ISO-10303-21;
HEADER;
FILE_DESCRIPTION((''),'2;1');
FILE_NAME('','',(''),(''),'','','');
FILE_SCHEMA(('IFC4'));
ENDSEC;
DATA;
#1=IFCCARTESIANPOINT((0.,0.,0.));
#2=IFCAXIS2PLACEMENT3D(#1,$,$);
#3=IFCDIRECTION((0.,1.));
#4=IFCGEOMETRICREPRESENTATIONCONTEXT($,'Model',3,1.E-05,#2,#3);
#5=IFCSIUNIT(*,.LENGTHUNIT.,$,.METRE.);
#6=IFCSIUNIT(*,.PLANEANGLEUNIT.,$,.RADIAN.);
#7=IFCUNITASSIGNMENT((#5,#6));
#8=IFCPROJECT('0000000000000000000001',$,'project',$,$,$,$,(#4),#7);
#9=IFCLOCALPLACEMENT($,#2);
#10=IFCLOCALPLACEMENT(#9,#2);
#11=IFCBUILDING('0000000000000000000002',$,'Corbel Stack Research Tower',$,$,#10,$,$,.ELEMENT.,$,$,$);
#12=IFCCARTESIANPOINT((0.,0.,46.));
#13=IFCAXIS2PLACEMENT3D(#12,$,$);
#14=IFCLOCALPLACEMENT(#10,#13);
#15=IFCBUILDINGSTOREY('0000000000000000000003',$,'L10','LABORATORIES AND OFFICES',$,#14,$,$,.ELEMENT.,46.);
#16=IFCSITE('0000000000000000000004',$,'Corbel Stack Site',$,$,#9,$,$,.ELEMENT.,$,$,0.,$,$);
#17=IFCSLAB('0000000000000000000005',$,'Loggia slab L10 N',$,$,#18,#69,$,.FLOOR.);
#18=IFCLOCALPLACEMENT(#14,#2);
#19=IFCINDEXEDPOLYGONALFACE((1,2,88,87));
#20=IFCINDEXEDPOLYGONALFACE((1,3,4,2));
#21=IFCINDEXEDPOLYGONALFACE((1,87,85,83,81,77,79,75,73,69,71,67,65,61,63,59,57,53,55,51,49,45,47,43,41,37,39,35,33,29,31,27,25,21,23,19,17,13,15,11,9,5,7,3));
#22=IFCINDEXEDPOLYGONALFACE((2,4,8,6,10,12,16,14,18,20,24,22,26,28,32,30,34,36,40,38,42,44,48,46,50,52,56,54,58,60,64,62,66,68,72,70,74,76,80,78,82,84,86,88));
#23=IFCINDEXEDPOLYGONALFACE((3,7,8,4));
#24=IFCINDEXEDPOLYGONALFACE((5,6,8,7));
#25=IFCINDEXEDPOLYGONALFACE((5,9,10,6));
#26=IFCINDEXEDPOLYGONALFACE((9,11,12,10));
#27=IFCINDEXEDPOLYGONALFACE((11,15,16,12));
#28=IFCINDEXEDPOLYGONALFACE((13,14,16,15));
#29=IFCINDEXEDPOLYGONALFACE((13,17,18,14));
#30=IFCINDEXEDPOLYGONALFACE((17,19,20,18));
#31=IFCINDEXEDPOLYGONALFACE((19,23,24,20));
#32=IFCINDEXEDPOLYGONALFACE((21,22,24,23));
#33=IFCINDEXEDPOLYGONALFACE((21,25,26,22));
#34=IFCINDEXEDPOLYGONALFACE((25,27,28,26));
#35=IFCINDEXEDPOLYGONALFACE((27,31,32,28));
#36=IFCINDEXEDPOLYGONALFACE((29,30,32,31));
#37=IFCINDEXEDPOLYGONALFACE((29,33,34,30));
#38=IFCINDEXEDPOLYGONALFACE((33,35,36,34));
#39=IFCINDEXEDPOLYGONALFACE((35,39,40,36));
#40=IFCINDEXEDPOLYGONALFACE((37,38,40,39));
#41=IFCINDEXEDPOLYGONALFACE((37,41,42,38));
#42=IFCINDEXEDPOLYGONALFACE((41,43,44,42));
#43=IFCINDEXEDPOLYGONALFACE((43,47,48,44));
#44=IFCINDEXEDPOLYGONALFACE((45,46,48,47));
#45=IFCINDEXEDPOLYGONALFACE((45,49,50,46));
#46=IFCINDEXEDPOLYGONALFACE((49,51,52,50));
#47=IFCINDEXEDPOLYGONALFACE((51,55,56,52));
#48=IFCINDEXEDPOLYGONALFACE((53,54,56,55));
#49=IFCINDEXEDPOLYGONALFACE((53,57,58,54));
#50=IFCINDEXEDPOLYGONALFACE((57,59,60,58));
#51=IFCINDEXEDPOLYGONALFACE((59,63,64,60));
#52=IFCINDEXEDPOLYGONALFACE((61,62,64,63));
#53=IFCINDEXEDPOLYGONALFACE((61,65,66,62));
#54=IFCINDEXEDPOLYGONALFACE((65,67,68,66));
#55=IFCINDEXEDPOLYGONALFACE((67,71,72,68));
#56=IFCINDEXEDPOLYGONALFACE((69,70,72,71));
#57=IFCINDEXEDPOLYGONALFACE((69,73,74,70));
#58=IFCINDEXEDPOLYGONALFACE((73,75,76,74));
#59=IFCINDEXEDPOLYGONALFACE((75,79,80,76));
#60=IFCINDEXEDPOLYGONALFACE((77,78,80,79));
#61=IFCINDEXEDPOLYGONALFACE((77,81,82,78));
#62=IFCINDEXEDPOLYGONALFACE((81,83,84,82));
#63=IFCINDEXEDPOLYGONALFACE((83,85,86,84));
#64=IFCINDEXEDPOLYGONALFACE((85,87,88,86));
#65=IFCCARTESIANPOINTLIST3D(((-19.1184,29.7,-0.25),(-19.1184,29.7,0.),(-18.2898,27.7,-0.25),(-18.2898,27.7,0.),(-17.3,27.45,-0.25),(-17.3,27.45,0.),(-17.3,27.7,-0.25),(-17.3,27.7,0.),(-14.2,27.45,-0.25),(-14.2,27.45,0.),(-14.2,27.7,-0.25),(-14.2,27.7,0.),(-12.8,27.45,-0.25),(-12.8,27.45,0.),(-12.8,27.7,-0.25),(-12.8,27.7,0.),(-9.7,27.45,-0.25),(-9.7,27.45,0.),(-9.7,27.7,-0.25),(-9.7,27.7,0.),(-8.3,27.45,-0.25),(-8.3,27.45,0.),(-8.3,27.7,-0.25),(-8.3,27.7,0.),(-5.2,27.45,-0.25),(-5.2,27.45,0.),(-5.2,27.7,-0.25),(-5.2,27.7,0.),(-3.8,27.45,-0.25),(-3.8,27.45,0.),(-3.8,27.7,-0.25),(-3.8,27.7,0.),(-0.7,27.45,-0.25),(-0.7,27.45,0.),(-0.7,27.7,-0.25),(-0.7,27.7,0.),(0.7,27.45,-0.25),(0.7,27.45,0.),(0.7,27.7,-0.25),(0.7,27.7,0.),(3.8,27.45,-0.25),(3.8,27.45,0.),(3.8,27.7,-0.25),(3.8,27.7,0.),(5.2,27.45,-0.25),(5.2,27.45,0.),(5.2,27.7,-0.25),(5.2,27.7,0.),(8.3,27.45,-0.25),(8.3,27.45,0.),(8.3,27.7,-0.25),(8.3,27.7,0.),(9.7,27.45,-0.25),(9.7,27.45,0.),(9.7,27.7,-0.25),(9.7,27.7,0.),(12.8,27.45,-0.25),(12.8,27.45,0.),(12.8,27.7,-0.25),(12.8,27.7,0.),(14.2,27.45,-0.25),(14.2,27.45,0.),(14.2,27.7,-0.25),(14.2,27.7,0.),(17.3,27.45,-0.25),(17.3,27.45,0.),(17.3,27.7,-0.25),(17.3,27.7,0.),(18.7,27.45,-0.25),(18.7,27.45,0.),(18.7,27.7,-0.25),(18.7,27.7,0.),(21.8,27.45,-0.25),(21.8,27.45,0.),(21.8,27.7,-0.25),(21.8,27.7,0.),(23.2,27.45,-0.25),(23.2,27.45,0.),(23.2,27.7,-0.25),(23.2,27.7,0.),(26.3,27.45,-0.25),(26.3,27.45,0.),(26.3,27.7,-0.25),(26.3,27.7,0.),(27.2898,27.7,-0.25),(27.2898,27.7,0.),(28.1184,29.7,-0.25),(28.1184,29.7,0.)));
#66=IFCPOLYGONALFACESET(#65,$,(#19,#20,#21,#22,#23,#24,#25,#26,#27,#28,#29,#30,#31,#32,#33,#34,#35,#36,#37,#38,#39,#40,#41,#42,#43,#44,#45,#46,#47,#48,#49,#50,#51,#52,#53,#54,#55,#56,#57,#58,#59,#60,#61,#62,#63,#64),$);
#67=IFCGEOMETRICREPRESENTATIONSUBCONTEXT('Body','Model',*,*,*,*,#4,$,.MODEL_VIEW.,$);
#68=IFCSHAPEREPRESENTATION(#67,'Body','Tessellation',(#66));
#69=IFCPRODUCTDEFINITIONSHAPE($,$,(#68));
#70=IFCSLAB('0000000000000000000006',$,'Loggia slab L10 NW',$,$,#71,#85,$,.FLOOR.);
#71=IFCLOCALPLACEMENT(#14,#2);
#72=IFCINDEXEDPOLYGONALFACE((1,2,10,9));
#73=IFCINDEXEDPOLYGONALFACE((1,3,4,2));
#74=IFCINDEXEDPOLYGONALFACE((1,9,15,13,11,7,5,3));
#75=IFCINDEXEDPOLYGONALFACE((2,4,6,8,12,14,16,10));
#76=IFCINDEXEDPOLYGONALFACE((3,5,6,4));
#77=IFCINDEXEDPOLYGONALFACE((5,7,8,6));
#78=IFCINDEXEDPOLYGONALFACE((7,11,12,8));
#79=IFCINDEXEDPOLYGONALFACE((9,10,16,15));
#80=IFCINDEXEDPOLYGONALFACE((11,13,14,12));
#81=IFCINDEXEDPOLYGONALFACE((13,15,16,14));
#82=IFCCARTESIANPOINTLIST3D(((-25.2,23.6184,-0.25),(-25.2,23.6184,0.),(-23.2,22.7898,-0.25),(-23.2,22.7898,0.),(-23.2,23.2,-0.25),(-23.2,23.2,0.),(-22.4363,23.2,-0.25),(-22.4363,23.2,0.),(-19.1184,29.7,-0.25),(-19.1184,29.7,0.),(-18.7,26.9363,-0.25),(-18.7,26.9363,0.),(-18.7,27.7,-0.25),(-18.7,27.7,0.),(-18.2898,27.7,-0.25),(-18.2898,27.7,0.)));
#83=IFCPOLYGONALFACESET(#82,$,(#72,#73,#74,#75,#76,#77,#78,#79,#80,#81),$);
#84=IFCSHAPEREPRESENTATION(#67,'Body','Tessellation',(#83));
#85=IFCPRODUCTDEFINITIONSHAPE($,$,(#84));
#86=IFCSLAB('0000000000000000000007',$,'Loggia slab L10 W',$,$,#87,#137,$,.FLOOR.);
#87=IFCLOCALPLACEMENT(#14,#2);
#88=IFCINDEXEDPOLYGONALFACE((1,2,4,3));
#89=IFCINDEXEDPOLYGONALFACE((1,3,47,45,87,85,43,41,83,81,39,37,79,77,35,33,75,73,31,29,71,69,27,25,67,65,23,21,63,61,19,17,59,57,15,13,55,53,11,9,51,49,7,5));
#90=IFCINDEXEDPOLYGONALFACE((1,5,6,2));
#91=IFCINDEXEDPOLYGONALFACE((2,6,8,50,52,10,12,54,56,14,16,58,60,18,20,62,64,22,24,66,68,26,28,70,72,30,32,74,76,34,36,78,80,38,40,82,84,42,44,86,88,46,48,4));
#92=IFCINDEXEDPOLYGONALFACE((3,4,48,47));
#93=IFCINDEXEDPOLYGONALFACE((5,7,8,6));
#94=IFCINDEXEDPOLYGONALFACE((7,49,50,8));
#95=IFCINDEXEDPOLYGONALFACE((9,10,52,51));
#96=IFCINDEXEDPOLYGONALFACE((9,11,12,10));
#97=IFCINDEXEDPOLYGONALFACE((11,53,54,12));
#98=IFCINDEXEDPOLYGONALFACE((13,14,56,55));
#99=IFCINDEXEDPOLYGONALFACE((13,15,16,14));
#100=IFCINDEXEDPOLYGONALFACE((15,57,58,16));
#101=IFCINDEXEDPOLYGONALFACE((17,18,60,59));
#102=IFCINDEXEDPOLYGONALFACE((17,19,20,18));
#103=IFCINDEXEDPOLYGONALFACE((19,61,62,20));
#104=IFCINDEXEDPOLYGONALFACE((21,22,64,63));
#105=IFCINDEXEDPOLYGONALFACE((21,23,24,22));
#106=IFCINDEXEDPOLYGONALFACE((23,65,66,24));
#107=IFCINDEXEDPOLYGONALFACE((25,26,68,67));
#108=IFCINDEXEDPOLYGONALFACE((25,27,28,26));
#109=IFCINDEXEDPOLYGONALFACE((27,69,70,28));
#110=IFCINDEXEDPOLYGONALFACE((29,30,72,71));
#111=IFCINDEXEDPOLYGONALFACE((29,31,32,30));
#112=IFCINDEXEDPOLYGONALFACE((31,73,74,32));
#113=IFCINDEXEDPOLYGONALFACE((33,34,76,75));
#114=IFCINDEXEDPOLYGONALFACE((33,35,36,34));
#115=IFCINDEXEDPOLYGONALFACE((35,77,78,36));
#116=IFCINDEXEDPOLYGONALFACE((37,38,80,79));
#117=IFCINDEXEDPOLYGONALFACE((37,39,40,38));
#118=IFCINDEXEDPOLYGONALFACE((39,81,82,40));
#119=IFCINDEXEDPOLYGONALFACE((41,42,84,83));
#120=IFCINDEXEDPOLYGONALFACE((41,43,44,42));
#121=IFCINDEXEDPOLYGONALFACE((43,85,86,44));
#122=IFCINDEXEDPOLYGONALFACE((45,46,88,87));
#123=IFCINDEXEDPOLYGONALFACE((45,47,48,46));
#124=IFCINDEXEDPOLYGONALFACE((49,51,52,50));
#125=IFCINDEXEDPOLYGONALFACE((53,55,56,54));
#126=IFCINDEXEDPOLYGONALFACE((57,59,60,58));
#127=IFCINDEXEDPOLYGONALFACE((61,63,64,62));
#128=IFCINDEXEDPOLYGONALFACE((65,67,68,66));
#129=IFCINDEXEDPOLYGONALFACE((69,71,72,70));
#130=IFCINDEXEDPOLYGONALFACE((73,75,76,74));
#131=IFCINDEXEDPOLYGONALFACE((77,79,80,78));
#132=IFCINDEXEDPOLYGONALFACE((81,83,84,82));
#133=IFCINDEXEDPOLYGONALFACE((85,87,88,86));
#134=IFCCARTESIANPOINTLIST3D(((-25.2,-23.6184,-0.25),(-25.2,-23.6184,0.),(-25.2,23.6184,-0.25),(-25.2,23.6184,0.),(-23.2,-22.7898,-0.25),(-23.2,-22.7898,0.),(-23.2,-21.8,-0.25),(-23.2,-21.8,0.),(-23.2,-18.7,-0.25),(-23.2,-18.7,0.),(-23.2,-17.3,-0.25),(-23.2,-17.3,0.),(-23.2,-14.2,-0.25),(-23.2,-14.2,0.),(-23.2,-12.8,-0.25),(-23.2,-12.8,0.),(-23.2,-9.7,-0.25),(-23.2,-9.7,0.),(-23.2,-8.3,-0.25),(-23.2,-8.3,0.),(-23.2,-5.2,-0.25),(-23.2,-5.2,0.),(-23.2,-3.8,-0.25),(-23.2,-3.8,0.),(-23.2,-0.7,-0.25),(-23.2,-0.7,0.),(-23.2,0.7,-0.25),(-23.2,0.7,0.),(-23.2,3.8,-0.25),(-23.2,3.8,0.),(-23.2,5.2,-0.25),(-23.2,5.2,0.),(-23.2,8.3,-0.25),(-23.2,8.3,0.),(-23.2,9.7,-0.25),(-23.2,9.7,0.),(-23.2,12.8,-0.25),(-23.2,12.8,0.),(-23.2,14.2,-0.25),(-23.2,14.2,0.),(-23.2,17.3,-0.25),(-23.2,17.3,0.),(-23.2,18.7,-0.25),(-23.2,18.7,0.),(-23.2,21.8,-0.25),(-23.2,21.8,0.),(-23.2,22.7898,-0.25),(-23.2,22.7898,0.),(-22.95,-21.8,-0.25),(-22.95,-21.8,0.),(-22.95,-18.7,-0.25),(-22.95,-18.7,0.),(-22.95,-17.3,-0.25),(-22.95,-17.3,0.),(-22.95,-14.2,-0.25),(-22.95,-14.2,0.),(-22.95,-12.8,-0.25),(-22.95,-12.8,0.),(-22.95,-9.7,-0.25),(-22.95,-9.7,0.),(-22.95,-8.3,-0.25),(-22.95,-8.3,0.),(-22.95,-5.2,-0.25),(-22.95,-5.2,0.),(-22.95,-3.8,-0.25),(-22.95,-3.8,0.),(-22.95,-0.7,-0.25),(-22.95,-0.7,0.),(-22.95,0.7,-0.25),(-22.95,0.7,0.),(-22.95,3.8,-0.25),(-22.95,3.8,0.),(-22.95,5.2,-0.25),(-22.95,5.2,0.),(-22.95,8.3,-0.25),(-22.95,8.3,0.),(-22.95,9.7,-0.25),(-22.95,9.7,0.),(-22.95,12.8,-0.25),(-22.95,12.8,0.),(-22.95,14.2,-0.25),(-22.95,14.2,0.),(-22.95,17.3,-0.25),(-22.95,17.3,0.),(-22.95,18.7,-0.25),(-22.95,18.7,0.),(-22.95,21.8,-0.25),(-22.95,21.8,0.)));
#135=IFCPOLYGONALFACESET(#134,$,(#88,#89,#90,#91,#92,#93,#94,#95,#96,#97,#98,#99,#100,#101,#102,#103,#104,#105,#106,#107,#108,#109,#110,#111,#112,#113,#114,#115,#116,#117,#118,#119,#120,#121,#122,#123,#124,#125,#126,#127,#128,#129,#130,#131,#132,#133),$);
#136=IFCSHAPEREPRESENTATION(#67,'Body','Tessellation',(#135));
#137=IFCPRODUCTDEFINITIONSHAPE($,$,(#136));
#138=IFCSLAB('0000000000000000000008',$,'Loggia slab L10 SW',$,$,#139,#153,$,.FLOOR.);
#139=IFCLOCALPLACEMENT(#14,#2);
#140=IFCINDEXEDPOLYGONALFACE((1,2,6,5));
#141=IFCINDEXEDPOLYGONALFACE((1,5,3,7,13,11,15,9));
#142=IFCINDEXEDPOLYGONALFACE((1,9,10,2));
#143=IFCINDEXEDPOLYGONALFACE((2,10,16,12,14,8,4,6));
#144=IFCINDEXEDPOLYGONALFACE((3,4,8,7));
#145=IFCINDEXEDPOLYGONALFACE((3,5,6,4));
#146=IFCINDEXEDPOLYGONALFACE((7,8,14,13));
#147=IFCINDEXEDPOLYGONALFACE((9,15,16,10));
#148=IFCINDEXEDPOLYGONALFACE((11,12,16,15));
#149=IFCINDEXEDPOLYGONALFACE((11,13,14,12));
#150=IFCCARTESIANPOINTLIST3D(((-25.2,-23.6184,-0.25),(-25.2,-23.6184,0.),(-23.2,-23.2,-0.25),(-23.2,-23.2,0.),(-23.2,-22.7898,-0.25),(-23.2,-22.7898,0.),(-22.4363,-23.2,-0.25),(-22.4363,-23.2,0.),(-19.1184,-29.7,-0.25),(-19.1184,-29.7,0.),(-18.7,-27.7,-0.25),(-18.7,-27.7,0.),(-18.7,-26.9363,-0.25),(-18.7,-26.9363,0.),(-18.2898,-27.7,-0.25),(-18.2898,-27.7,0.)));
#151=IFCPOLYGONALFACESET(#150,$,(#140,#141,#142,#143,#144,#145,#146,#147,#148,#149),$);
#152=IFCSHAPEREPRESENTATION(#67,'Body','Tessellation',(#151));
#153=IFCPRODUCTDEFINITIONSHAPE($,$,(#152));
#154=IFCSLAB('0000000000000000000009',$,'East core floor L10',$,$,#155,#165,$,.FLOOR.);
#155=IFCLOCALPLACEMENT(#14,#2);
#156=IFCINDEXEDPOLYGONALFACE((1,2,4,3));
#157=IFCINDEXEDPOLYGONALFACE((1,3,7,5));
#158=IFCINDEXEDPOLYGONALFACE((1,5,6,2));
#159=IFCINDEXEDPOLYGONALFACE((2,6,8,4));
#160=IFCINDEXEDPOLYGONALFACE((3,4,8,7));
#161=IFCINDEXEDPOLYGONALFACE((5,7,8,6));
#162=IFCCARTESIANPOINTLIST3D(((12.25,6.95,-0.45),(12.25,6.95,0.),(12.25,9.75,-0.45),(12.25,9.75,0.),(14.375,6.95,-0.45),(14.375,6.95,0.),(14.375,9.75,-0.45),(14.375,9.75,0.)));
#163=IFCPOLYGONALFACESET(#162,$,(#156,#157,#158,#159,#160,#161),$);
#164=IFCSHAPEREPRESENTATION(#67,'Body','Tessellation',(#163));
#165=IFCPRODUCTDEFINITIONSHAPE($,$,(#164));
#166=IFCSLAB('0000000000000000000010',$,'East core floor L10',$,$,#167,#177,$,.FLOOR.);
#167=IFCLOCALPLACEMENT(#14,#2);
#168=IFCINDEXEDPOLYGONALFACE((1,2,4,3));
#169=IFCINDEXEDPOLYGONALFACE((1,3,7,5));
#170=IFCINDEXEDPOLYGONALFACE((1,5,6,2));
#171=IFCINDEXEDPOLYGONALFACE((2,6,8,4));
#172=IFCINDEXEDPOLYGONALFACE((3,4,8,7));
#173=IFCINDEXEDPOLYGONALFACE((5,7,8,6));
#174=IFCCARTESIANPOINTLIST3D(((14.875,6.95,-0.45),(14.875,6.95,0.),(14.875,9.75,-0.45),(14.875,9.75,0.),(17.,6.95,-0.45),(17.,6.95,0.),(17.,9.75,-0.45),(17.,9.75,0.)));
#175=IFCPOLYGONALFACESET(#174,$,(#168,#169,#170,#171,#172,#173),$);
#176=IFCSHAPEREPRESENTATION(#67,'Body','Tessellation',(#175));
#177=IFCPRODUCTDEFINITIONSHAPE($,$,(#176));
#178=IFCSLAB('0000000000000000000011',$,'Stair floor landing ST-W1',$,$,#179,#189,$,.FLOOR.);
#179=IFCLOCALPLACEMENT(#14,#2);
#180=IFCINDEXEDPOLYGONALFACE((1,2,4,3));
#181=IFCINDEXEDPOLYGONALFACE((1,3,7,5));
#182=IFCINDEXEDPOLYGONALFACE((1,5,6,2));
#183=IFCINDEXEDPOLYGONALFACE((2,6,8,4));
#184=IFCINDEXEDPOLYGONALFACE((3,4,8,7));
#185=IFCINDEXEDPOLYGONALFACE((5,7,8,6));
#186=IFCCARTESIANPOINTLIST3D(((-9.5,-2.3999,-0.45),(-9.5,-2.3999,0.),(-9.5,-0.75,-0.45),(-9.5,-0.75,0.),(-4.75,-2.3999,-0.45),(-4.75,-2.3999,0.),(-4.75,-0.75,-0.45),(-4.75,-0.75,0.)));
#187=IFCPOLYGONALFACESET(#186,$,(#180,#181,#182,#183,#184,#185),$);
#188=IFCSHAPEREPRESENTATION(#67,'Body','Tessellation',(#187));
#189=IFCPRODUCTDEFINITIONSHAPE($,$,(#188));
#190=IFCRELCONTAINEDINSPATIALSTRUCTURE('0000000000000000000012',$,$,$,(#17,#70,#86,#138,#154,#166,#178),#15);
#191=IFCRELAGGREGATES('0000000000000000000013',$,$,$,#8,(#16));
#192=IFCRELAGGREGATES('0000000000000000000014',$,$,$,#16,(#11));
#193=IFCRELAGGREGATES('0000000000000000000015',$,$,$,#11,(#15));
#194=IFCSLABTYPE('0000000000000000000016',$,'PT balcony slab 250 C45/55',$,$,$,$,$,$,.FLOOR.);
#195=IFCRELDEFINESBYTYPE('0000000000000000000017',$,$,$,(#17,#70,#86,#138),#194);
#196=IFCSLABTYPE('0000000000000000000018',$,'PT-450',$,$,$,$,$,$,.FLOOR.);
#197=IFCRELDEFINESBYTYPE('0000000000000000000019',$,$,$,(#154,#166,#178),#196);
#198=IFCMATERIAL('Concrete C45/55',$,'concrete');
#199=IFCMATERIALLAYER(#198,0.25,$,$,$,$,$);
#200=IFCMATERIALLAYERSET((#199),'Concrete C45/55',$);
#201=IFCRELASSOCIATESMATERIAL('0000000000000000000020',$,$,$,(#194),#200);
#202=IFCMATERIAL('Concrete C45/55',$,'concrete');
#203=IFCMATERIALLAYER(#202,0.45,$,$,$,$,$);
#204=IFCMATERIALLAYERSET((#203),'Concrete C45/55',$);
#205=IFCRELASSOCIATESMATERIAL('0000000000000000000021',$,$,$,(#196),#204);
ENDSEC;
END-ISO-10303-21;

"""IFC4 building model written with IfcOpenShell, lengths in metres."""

from ifc_helpers import new_model, si_unit, direction, frame, origin, place, context, subcontext, project, spatial, polyline, outline, extrude, material, layer, layer_set, type_object, element, save


model = new_model("IFC4")

# Units and contexts
model_context = context("Model", 3, precision=1e-05, world=origin(), true_north=direction((0.0, 1.0)))
body_context = subcontext(model_context, "Body", "Model", "MODEL_VIEW")
ifc_project = project(units=[si_unit("LENGTHUNIT", "METRE"), si_unit("PLANEANGLEUNIT", "RADIAN")], contexts=[model_context])

# Site, building, storey
site_placement = place(None, origin())
site = spatial("IfcSite", under=ifc_project, at=site_placement, Name="Corbel Stack Site", CompositionType="ELEMENT", RefElevation=0.0)
building_placement = place(site_placement, origin())
building = spatial("IfcBuilding", under=site, at=building_placement, Name="Corbel Stack Research Tower", CompositionType="ELEMENT")
storey_placement = place(building_placement, frame((0.0, 0.0, 46.0)))
storey = spatial("IfcBuildingStorey", under=building, at=storey_placement, Name="L10", Description="LABORATORIES AND OFFICES", CompositionType="ELEMENT", Elevation=46.0)

# Slabs
ifc_material_1 = material(Name="Concrete C45/55", Category="concrete")
ifc_layer_1 = layer(ifc_material_1, 0.25)
ifc_layer_set_1 = layer_set([ifc_layer_1], Name="Concrete C45/55")
slab_type_1 = type_object("IfcSlabType", Name="PT balcony slab 250 C45/55", PredefinedType="FLOOR", material=ifc_layer_set_1)
slab_1_placement = place(storey_placement, frame((0.0, 0.0, -0.25)))
element("IfcSlab", 1, at=slab_1_placement, inside=storey, type_object=slab_type_1, Name="Loggia slab L10 N", PredefinedType="FLOOR", context=body_context, shape_type="SweptSolid", body=[
    extrude(outline(polyline([(-18.2898, 27.7), (-17.3, 27.7), (-17.3, 27.45), (-14.2, 27.45), (-14.2, 27.7), (-12.8, 27.7), (-12.8, 27.45), (-9.7, 27.45), (-9.7, 27.7), (-8.3, 27.7), (-8.3, 27.45), (-5.2, 27.45), (-5.2, 27.7), (-3.8, 27.7), (-3.8, 27.45), (-0.7, 27.45), (-0.7, 27.7), (0.7, 27.7), (0.7, 27.45), (3.8, 27.45), (3.8, 27.7), (5.2, 27.7), (5.2, 27.45), (8.3, 27.45), (8.3, 27.7), (9.7, 27.7), (9.7, 27.45), (12.8, 27.45), (12.8, 27.7), (14.2, 27.7), (14.2, 27.45), (17.3, 27.45), (17.3, 27.7), (18.7, 27.7), (18.7, 27.45), (21.8, 27.45), (21.8, 27.7), (23.2, 27.7), (23.2, 27.45), (26.3, 27.45), (26.3, 27.7), (27.2898, 27.7), (28.1184, 29.7), (-19.1184, 29.7), (-18.2898, 27.7)])), origin(), (0.0, 0.0, 1.0), 0.25),
])
slab_2_placement = place(storey_placement, frame((0.0, 0.0, -0.25)))
element("IfcSlab", 2, at=slab_2_placement, inside=storey, type_object=slab_type_1, Name="Loggia slab L10 NW", PredefinedType="FLOOR", context=body_context, shape_type="SweptSolid", body=[
    extrude(outline(polyline([(-23.2, 22.7898), (-23.2, 23.2), (-22.4363, 23.2), (-18.7, 26.9363), (-18.7, 27.7), (-18.2898, 27.7), (-19.1184, 29.7), (-25.2, 23.6184), (-23.2, 22.7898)])), origin(), (0.0, 0.0, 1.0), 0.25),
])
slab_3_placement = place(storey_placement, frame((0.0, 0.0, -0.25)))
element("IfcSlab", 3, at=slab_3_placement, inside=storey, type_object=slab_type_1, Name="Loggia slab L10 W", PredefinedType="FLOOR", context=body_context, shape_type="SweptSolid", body=[
    extrude(outline(polyline([(-23.2, -22.7898), (-23.2, -21.8), (-22.95, -21.8), (-22.95, -18.7), (-23.2, -18.7), (-23.2, -17.3), (-22.95, -17.3), (-22.95, -14.2), (-23.2, -14.2), (-23.2, -12.8), (-22.95, -12.8), (-22.95, -9.7), (-23.2, -9.7), (-23.2, -8.3), (-22.95, -8.3), (-22.95, -5.2), (-23.2, -5.2), (-23.2, -3.8), (-22.95, -3.8), (-22.95, -0.7), (-23.2, -0.7), (-23.2, 0.7), (-22.95, 0.7), (-22.95, 3.8), (-23.2, 3.8), (-23.2, 5.2), (-22.95, 5.2), (-22.95, 8.3), (-23.2, 8.3), (-23.2, 9.7), (-22.95, 9.7), (-22.95, 12.8), (-23.2, 12.8), (-23.2, 14.2), (-22.95, 14.2), (-22.95, 17.3), (-23.2, 17.3), (-23.2, 18.7), (-22.95, 18.7), (-22.95, 21.8), (-23.2, 21.8), (-23.2, 22.7898), (-25.2, 23.6184), (-25.2, -23.6184), (-23.2, -22.7898)])), origin(), (0.0, 0.0, 1.0), 0.25),
])
slab_4_placement = place(storey_placement, frame((0.0, 0.0, -0.25)))
element("IfcSlab", 4, at=slab_4_placement, inside=storey, type_object=slab_type_1, Name="Loggia slab L10 SW", PredefinedType="FLOOR", context=body_context, shape_type="SweptSolid", body=[
    extrude(outline(polyline([(-18.2898, -27.7), (-18.7, -27.7), (-18.7, -26.9363), (-22.4363, -23.2), (-23.2, -23.2), (-23.2, -22.7898), (-25.2, -23.6184), (-19.1184, -29.7), (-18.2898, -27.7)])), origin(), (0.0, 0.0, 1.0), 0.25),
])
ifc_material_2 = material(Name="Concrete C45/55", Category="concrete")
ifc_layer_2 = layer(ifc_material_2, 0.45)
ifc_layer_set_2 = layer_set([ifc_layer_2], Name="Concrete C45/55")
slab_type_2 = type_object("IfcSlabType", Name="PT-450", PredefinedType="FLOOR", material=ifc_layer_set_2)
slab_5_placement = place(storey_placement, frame((0.0, 0.0, -0.45)))
element("IfcSlab", 5, at=slab_5_placement, inside=storey, type_object=slab_type_2, Name="East core floor L10", PredefinedType="FLOOR", context=body_context, shape_type="SweptSolid", body=[
    extrude(outline(polyline([(14.375, 6.95), (14.375, 9.75), (12.25, 9.75), (12.25, 6.95), (14.375, 6.95)])), origin(), (0.0, 0.0, 1.0), 0.45),
])
slab_6_placement = place(storey_placement, frame((0.0, 0.0, -0.45)))
element("IfcSlab", 6, at=slab_6_placement, inside=storey, type_object=slab_type_2, Name="East core floor L10", PredefinedType="FLOOR", context=body_context, shape_type="SweptSolid", body=[
    extrude(outline(polyline([(17.0, 6.95), (17.0, 9.75), (14.875, 9.75), (14.875, 6.95), (17.0, 6.95)])), origin(), (0.0, 0.0, 1.0), 0.45),
])
slab_7_placement = place(storey_placement, frame((0.0, 0.0, -0.45)))
element("IfcSlab", 7, at=slab_7_placement, inside=storey, type_object=slab_type_2, Name="Stair floor landing ST-W1", PredefinedType="FLOOR", context=body_context, shape_type="SweptSolid", body=[
    extrude(outline(polyline([(-9.5, -2.3999), (-4.75, -2.3999), (-4.75, -0.75), (-9.5, -0.75), (-9.5, -2.3999)])), origin(), (0.0, 0.0, 1.0), 0.45),
])

save(model, "model.ifc")
